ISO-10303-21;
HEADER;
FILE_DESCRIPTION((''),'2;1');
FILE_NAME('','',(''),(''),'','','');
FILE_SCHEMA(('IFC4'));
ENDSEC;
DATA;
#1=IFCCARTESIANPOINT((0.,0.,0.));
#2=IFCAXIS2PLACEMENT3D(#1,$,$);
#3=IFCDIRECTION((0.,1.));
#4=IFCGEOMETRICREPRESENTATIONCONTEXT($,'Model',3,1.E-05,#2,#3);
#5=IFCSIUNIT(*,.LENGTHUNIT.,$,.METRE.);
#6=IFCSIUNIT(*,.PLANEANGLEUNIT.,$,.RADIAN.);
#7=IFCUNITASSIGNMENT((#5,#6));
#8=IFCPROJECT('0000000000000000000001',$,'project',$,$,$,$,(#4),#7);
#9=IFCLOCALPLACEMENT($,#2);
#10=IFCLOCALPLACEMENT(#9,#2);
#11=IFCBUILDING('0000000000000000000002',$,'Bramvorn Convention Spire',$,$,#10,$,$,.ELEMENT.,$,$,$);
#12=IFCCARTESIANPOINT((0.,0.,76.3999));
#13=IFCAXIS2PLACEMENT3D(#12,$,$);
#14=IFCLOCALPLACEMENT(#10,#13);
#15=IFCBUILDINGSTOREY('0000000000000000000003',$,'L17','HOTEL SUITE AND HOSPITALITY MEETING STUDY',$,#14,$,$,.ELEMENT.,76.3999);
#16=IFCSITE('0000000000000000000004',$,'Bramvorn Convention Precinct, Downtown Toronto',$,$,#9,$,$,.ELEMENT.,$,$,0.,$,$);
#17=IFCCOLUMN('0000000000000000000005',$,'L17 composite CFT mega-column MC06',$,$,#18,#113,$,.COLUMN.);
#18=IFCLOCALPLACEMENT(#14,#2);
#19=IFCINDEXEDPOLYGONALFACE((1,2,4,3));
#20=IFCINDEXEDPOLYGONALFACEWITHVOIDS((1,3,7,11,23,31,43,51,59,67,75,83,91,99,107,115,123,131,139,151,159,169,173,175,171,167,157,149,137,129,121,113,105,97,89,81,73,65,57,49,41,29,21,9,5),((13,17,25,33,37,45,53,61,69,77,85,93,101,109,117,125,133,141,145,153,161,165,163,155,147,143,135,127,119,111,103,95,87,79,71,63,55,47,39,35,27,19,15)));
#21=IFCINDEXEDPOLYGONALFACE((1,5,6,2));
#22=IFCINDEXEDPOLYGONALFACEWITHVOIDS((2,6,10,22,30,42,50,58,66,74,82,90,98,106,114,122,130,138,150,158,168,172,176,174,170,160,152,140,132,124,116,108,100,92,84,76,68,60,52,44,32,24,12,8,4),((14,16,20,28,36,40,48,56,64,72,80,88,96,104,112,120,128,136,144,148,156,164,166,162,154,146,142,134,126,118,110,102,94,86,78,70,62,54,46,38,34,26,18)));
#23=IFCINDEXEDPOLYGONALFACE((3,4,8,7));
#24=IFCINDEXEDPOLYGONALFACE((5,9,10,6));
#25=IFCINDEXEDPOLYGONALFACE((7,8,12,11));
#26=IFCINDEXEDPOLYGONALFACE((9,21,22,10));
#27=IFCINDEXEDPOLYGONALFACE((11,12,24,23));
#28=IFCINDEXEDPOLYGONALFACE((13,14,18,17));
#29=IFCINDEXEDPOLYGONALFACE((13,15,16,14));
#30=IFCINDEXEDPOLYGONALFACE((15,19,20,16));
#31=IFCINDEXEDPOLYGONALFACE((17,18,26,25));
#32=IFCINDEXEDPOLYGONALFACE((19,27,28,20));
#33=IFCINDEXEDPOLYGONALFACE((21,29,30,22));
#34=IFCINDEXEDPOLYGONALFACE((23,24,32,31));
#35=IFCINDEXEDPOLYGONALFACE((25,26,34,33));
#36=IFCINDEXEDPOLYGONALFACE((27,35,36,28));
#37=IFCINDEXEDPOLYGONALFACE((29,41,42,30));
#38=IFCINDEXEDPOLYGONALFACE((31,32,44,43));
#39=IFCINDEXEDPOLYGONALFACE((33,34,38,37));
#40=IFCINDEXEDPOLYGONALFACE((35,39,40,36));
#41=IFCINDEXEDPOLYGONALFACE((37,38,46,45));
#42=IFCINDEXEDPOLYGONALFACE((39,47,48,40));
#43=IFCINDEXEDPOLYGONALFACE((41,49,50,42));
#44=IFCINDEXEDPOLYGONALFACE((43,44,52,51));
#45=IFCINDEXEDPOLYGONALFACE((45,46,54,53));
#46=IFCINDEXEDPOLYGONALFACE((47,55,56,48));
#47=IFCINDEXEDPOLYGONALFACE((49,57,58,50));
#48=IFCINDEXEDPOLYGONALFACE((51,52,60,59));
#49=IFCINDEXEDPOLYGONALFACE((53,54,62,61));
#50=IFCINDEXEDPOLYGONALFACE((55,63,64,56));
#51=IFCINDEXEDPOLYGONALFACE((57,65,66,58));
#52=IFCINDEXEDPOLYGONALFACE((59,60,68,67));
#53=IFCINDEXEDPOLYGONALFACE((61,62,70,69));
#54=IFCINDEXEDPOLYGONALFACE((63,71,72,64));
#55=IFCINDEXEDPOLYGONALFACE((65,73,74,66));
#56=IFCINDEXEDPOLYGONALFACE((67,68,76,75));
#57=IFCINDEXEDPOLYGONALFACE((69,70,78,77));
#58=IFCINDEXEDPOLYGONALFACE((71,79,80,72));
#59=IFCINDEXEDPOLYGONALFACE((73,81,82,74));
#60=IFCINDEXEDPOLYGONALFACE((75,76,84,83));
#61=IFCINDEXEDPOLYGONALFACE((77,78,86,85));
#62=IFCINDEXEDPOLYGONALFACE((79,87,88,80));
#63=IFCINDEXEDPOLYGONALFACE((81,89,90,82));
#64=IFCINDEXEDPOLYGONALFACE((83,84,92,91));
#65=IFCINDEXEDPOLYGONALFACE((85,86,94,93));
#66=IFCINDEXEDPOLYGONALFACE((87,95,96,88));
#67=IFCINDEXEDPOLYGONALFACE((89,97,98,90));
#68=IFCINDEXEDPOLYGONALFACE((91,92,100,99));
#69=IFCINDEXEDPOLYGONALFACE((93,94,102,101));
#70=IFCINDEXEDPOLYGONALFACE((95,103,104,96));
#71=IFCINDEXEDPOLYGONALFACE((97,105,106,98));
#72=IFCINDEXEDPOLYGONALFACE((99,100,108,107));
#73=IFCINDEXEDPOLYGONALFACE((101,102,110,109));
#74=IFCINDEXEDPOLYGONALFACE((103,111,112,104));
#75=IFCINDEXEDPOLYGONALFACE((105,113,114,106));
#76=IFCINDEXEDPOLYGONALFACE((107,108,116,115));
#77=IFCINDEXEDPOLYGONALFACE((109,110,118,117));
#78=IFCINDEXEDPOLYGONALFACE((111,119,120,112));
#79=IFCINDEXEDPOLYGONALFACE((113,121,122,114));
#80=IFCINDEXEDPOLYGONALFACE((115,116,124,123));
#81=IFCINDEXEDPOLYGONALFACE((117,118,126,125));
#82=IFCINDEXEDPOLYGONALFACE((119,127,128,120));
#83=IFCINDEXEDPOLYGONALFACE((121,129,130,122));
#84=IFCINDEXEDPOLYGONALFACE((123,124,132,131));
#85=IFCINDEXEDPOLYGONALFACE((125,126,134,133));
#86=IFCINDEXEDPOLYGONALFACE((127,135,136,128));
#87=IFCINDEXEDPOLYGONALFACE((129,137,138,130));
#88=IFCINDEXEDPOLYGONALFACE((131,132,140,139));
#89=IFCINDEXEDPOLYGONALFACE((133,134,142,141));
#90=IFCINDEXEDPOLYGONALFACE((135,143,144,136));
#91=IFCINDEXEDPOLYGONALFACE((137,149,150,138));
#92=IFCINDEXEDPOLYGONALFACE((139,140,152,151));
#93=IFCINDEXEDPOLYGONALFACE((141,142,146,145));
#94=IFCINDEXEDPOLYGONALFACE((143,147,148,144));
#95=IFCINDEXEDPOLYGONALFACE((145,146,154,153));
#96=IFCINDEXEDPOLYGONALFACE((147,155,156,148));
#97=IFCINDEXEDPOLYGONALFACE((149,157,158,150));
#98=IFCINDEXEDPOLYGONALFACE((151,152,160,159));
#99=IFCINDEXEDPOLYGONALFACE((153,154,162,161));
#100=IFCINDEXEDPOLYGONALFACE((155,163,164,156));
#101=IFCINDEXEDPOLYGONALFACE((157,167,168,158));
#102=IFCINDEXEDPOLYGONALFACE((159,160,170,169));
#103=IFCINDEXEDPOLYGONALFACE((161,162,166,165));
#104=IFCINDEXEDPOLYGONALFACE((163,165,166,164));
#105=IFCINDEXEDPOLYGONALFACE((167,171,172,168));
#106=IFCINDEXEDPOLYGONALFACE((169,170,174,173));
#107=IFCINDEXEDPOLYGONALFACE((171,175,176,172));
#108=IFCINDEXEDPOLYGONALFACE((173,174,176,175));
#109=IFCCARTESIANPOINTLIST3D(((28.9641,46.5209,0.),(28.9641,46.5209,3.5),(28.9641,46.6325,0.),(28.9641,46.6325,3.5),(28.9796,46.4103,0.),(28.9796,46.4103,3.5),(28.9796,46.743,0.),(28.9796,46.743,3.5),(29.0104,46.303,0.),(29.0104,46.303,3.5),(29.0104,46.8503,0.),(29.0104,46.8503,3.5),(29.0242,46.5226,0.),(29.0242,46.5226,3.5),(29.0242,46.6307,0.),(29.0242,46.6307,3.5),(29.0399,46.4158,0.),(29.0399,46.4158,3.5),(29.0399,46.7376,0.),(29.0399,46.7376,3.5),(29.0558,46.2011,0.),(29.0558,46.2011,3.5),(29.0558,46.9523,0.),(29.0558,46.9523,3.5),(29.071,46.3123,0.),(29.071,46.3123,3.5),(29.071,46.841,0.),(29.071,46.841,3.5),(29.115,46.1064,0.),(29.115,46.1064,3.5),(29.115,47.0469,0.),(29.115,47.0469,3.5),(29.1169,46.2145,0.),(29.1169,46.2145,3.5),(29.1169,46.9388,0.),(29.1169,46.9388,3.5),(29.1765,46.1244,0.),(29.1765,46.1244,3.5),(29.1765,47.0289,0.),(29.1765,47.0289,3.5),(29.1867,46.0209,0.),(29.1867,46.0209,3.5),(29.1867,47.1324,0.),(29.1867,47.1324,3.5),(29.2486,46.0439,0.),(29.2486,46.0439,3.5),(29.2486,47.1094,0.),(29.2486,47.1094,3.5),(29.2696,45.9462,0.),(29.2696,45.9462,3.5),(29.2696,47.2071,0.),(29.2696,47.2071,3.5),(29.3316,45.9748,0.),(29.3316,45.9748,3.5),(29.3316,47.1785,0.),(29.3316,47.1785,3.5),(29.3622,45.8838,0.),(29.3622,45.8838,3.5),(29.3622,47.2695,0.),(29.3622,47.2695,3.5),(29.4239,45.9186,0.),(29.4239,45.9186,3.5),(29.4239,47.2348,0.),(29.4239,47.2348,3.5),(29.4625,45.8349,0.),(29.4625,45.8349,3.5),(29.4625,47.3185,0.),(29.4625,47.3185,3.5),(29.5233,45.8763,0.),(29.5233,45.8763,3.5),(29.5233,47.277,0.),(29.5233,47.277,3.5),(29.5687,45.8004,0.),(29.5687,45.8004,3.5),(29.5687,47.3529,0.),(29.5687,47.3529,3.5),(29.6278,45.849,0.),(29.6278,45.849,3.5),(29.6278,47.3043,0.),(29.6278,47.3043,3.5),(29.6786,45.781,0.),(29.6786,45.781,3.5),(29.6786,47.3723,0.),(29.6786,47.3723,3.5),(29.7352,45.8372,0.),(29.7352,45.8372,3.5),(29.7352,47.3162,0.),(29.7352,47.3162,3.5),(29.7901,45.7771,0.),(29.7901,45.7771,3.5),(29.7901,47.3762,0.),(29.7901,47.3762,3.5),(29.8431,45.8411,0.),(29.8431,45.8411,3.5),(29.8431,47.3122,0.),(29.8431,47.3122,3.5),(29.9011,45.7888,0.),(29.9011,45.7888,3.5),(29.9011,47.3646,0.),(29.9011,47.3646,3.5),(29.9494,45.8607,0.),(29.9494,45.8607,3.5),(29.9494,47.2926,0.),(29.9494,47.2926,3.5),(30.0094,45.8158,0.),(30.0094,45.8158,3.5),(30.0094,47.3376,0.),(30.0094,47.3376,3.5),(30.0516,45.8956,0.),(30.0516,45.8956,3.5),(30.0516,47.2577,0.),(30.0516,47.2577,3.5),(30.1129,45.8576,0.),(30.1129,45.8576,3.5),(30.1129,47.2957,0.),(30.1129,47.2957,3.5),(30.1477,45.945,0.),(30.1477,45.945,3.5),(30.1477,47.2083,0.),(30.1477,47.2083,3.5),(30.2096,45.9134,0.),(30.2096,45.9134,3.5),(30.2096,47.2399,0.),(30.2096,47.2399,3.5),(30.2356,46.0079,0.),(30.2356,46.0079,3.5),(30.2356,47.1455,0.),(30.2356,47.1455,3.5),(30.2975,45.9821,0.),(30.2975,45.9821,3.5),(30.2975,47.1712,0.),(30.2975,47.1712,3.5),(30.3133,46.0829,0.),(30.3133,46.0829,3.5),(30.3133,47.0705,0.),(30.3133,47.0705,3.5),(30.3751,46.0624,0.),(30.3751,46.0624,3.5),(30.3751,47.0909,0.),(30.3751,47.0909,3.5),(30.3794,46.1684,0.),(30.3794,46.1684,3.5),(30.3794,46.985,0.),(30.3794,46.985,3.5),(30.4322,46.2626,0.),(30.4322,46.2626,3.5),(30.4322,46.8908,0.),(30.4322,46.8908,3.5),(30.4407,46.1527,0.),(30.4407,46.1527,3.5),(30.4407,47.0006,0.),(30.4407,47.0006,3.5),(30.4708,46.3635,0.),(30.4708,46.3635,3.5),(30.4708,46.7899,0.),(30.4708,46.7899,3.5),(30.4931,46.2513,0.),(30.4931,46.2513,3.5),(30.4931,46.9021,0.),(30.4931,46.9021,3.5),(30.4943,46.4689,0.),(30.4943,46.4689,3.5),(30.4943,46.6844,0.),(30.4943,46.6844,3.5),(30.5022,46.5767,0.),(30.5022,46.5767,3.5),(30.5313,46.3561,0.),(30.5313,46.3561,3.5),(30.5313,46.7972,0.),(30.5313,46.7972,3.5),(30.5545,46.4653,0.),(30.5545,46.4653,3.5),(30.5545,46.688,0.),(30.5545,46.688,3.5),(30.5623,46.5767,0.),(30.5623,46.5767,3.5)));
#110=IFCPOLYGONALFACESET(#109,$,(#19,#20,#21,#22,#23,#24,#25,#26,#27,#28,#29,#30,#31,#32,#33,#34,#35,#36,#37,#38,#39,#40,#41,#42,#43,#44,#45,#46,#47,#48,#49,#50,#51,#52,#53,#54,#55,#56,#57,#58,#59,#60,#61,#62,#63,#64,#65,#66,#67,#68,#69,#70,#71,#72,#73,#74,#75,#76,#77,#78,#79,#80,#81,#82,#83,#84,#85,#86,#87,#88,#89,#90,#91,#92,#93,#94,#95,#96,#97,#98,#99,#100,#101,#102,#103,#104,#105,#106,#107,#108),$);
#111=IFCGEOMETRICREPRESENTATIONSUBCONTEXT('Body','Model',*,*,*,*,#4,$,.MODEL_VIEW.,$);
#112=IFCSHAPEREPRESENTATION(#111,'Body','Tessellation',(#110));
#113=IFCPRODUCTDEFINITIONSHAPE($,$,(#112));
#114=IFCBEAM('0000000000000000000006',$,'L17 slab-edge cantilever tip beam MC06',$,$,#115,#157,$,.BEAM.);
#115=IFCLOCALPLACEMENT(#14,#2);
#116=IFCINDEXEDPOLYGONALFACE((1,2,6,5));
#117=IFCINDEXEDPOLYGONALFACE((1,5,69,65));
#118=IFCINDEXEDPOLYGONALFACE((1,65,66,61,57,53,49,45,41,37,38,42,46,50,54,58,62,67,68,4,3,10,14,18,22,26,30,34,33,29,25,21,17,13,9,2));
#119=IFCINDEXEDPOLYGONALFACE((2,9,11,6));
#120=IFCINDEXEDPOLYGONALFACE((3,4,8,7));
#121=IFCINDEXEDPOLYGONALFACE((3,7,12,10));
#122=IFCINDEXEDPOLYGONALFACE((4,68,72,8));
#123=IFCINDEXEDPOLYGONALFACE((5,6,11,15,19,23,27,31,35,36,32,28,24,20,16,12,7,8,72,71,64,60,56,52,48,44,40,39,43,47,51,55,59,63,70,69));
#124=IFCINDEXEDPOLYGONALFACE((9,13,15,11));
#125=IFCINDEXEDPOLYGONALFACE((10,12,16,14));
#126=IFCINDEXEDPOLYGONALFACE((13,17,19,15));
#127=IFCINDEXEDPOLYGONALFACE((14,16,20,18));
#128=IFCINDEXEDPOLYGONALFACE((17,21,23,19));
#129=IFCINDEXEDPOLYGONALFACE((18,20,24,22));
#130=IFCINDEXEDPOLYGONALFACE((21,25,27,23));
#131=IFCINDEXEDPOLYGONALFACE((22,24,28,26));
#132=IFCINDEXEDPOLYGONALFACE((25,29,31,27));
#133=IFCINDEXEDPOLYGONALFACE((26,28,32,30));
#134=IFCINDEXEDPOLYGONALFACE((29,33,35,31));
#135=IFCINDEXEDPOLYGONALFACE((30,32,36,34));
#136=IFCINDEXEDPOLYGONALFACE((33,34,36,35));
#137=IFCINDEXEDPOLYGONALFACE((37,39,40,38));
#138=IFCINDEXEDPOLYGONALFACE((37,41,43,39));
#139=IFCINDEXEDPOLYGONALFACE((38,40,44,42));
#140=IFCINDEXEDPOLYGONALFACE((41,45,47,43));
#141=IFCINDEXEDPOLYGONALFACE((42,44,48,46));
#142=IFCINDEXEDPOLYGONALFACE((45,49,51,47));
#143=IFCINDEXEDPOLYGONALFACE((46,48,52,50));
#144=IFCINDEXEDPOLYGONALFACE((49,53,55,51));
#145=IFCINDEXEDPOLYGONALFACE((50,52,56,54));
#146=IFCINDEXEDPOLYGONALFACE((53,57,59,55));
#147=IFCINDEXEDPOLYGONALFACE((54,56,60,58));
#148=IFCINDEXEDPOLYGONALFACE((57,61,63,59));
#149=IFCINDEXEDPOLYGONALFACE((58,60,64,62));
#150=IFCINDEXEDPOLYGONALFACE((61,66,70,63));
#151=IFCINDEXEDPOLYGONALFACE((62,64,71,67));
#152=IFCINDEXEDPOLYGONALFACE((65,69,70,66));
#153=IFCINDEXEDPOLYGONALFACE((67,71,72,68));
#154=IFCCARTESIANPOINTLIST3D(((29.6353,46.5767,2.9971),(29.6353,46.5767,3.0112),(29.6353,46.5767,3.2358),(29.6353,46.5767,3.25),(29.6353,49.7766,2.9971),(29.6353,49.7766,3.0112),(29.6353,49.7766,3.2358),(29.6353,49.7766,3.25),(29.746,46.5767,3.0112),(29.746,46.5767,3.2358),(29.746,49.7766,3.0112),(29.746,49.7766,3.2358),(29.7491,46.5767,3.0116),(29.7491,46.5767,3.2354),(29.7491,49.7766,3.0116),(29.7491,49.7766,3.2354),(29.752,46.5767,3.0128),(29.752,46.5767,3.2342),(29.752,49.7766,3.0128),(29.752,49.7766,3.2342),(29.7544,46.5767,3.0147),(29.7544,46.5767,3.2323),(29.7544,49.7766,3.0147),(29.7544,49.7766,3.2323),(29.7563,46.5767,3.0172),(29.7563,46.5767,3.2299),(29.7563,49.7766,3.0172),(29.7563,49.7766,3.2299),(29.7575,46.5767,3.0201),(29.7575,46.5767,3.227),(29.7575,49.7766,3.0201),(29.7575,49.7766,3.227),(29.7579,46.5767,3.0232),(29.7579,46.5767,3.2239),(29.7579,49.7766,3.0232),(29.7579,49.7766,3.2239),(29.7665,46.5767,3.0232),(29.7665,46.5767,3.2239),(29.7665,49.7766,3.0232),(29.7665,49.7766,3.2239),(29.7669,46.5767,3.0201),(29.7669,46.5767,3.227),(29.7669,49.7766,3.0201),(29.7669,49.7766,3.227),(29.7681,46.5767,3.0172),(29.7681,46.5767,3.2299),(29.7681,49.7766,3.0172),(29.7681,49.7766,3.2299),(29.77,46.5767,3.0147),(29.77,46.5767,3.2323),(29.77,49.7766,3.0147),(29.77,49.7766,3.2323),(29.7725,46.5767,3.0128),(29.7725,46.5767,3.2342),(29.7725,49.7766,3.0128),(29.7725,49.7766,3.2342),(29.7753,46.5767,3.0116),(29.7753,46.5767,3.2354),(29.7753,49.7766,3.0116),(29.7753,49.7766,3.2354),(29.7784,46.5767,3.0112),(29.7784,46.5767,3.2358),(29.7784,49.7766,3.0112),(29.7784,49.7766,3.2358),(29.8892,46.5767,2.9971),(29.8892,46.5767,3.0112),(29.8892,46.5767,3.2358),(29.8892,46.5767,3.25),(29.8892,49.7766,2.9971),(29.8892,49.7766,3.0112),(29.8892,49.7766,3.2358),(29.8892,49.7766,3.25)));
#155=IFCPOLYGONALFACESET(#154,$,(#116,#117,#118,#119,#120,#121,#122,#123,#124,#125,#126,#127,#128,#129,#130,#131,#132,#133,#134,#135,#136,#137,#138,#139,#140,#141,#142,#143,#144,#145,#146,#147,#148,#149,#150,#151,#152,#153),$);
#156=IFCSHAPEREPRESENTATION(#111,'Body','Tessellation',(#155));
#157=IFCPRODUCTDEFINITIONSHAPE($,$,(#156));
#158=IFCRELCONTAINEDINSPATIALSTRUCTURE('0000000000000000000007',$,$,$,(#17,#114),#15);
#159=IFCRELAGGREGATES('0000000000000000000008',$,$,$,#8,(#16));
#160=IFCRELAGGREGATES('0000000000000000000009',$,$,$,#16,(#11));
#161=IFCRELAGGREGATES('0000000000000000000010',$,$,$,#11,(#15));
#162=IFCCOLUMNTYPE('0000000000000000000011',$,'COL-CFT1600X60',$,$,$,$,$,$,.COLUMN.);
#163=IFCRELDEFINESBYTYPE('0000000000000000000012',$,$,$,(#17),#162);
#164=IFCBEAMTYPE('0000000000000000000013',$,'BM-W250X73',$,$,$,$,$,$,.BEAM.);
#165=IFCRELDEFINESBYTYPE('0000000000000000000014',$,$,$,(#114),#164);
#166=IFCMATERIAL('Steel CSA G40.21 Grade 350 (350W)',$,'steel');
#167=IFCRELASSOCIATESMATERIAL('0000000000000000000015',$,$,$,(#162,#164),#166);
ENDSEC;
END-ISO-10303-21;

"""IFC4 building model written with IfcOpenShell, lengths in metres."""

from ifc_helpers import new_model, si_unit, direction, frame, origin, origin_2d, place, context, subcontext, project, spatial, hollow_circle, i_section, extrude, material, material_profile, profile_set, type_object, element, save


model = new_model("IFC4")

# Units and contexts
model_context = context("Model", 3, precision=1e-05, world=origin(), true_north=direction((0.0, 1.0)))
body_context = subcontext(model_context, "Body", "Model", "MODEL_VIEW")
ifc_project = project(units=[si_unit("LENGTHUNIT", "METRE"), si_unit("PLANEANGLEUNIT", "RADIAN")], contexts=[model_context])

# Site, building, storey
site_placement = place(None, origin())
site = spatial("IfcSite", under=ifc_project, at=site_placement, Name="Bramvorn Convention Precinct, Downtown Toronto", CompositionType="ELEMENT", RefElevation=0.0)
building_placement = place(site_placement, origin())
building = spatial("IfcBuilding", under=site, at=building_placement, Name="Bramvorn Convention Spire", CompositionType="ELEMENT")
storey_placement = place(building_placement, frame((0.0, 0.0, 76.3999)))
storey = spatial("IfcBuildingStorey", under=building, at=storey_placement, Name="L17", Description="HOTEL SUITE AND HOSPITALITY MEETING STUDY", CompositionType="ELEMENT", Elevation=76.3999)

# Column
ifc_material_1 = material(Name="Steel CSA G40.21 Grade 350 (350W)", Category="steel")
ifc_material_profile_1 = material_profile(ifc_material_1, hollow_circle(Radius=0.8, WallThickness=0.0601, at=origin_2d()))
ifc_profile_set_1 = profile_set([ifc_material_profile_1], Name="Steel CSA G40.21 Grade 350 (350W) - CFT1600X60")
column_type = type_object("IfcColumnType", Name="COL-CFT1600X60", PredefinedType="COLUMN", material=ifc_profile_set_1)
column_placement = place(storey_placement, frame((29.7622, 46.5767, 0.0), z_axis=(0.0, 0.0, 1.0), x_axis=(1.0, 0.0, 0.0)))
element("IfcColumn", 1, at=column_placement, inside=storey, type_object=column_type, Name="L17 composite CFT mega-column MC06", PredefinedType="COLUMN", context=body_context, shape_type="SweptSolid", body=[
    extrude(hollow_circle(Radius=0.8, WallThickness=0.0601, at=origin_2d()), origin(), (0.0, 0.0, 1.0), 3.5),
])

# Beam
ifc_material_profile_2 = material_profile(ifc_material_1, i_section(OverallWidth=0.2539, OverallDepth=0.2529, WebThickness=0.0085, FlangeThickness=0.0142, FilletRadius=0.012, at=origin_2d()))
ifc_profile_set_2 = profile_set([ifc_material_profile_2], Name="Steel CSA G40.21 Grade 350 (350W) - W250X73")
beam_type_1 = type_object("IfcBeamType", Name="BM-W250X73", PredefinedType="BEAM", material=ifc_profile_set_2)
beam_1_placement = place(storey_placement, frame((29.7622, 46.5767, 3.1235), z_axis=(0.0, 1.0, 0.0), x_axis=(-1.0, 0.0, 0.0)))
element("IfcBeam", 2, at=beam_1_placement, inside=storey, type_object=beam_type_1, Name="L17 slab-edge cantilever tip beam MC06", PredefinedType="BEAM", context=body_context, shape_type="SweptSolid", body=[
    extrude(i_section(OverallWidth=0.2539, OverallDepth=0.2529, WebThickness=0.0085, FlangeThickness=0.0142, FilletRadius=0.012, at=origin_2d()), origin(), (0.0, 0.0, 1.0), 3.2),
])

save(model, "model.ifc")
